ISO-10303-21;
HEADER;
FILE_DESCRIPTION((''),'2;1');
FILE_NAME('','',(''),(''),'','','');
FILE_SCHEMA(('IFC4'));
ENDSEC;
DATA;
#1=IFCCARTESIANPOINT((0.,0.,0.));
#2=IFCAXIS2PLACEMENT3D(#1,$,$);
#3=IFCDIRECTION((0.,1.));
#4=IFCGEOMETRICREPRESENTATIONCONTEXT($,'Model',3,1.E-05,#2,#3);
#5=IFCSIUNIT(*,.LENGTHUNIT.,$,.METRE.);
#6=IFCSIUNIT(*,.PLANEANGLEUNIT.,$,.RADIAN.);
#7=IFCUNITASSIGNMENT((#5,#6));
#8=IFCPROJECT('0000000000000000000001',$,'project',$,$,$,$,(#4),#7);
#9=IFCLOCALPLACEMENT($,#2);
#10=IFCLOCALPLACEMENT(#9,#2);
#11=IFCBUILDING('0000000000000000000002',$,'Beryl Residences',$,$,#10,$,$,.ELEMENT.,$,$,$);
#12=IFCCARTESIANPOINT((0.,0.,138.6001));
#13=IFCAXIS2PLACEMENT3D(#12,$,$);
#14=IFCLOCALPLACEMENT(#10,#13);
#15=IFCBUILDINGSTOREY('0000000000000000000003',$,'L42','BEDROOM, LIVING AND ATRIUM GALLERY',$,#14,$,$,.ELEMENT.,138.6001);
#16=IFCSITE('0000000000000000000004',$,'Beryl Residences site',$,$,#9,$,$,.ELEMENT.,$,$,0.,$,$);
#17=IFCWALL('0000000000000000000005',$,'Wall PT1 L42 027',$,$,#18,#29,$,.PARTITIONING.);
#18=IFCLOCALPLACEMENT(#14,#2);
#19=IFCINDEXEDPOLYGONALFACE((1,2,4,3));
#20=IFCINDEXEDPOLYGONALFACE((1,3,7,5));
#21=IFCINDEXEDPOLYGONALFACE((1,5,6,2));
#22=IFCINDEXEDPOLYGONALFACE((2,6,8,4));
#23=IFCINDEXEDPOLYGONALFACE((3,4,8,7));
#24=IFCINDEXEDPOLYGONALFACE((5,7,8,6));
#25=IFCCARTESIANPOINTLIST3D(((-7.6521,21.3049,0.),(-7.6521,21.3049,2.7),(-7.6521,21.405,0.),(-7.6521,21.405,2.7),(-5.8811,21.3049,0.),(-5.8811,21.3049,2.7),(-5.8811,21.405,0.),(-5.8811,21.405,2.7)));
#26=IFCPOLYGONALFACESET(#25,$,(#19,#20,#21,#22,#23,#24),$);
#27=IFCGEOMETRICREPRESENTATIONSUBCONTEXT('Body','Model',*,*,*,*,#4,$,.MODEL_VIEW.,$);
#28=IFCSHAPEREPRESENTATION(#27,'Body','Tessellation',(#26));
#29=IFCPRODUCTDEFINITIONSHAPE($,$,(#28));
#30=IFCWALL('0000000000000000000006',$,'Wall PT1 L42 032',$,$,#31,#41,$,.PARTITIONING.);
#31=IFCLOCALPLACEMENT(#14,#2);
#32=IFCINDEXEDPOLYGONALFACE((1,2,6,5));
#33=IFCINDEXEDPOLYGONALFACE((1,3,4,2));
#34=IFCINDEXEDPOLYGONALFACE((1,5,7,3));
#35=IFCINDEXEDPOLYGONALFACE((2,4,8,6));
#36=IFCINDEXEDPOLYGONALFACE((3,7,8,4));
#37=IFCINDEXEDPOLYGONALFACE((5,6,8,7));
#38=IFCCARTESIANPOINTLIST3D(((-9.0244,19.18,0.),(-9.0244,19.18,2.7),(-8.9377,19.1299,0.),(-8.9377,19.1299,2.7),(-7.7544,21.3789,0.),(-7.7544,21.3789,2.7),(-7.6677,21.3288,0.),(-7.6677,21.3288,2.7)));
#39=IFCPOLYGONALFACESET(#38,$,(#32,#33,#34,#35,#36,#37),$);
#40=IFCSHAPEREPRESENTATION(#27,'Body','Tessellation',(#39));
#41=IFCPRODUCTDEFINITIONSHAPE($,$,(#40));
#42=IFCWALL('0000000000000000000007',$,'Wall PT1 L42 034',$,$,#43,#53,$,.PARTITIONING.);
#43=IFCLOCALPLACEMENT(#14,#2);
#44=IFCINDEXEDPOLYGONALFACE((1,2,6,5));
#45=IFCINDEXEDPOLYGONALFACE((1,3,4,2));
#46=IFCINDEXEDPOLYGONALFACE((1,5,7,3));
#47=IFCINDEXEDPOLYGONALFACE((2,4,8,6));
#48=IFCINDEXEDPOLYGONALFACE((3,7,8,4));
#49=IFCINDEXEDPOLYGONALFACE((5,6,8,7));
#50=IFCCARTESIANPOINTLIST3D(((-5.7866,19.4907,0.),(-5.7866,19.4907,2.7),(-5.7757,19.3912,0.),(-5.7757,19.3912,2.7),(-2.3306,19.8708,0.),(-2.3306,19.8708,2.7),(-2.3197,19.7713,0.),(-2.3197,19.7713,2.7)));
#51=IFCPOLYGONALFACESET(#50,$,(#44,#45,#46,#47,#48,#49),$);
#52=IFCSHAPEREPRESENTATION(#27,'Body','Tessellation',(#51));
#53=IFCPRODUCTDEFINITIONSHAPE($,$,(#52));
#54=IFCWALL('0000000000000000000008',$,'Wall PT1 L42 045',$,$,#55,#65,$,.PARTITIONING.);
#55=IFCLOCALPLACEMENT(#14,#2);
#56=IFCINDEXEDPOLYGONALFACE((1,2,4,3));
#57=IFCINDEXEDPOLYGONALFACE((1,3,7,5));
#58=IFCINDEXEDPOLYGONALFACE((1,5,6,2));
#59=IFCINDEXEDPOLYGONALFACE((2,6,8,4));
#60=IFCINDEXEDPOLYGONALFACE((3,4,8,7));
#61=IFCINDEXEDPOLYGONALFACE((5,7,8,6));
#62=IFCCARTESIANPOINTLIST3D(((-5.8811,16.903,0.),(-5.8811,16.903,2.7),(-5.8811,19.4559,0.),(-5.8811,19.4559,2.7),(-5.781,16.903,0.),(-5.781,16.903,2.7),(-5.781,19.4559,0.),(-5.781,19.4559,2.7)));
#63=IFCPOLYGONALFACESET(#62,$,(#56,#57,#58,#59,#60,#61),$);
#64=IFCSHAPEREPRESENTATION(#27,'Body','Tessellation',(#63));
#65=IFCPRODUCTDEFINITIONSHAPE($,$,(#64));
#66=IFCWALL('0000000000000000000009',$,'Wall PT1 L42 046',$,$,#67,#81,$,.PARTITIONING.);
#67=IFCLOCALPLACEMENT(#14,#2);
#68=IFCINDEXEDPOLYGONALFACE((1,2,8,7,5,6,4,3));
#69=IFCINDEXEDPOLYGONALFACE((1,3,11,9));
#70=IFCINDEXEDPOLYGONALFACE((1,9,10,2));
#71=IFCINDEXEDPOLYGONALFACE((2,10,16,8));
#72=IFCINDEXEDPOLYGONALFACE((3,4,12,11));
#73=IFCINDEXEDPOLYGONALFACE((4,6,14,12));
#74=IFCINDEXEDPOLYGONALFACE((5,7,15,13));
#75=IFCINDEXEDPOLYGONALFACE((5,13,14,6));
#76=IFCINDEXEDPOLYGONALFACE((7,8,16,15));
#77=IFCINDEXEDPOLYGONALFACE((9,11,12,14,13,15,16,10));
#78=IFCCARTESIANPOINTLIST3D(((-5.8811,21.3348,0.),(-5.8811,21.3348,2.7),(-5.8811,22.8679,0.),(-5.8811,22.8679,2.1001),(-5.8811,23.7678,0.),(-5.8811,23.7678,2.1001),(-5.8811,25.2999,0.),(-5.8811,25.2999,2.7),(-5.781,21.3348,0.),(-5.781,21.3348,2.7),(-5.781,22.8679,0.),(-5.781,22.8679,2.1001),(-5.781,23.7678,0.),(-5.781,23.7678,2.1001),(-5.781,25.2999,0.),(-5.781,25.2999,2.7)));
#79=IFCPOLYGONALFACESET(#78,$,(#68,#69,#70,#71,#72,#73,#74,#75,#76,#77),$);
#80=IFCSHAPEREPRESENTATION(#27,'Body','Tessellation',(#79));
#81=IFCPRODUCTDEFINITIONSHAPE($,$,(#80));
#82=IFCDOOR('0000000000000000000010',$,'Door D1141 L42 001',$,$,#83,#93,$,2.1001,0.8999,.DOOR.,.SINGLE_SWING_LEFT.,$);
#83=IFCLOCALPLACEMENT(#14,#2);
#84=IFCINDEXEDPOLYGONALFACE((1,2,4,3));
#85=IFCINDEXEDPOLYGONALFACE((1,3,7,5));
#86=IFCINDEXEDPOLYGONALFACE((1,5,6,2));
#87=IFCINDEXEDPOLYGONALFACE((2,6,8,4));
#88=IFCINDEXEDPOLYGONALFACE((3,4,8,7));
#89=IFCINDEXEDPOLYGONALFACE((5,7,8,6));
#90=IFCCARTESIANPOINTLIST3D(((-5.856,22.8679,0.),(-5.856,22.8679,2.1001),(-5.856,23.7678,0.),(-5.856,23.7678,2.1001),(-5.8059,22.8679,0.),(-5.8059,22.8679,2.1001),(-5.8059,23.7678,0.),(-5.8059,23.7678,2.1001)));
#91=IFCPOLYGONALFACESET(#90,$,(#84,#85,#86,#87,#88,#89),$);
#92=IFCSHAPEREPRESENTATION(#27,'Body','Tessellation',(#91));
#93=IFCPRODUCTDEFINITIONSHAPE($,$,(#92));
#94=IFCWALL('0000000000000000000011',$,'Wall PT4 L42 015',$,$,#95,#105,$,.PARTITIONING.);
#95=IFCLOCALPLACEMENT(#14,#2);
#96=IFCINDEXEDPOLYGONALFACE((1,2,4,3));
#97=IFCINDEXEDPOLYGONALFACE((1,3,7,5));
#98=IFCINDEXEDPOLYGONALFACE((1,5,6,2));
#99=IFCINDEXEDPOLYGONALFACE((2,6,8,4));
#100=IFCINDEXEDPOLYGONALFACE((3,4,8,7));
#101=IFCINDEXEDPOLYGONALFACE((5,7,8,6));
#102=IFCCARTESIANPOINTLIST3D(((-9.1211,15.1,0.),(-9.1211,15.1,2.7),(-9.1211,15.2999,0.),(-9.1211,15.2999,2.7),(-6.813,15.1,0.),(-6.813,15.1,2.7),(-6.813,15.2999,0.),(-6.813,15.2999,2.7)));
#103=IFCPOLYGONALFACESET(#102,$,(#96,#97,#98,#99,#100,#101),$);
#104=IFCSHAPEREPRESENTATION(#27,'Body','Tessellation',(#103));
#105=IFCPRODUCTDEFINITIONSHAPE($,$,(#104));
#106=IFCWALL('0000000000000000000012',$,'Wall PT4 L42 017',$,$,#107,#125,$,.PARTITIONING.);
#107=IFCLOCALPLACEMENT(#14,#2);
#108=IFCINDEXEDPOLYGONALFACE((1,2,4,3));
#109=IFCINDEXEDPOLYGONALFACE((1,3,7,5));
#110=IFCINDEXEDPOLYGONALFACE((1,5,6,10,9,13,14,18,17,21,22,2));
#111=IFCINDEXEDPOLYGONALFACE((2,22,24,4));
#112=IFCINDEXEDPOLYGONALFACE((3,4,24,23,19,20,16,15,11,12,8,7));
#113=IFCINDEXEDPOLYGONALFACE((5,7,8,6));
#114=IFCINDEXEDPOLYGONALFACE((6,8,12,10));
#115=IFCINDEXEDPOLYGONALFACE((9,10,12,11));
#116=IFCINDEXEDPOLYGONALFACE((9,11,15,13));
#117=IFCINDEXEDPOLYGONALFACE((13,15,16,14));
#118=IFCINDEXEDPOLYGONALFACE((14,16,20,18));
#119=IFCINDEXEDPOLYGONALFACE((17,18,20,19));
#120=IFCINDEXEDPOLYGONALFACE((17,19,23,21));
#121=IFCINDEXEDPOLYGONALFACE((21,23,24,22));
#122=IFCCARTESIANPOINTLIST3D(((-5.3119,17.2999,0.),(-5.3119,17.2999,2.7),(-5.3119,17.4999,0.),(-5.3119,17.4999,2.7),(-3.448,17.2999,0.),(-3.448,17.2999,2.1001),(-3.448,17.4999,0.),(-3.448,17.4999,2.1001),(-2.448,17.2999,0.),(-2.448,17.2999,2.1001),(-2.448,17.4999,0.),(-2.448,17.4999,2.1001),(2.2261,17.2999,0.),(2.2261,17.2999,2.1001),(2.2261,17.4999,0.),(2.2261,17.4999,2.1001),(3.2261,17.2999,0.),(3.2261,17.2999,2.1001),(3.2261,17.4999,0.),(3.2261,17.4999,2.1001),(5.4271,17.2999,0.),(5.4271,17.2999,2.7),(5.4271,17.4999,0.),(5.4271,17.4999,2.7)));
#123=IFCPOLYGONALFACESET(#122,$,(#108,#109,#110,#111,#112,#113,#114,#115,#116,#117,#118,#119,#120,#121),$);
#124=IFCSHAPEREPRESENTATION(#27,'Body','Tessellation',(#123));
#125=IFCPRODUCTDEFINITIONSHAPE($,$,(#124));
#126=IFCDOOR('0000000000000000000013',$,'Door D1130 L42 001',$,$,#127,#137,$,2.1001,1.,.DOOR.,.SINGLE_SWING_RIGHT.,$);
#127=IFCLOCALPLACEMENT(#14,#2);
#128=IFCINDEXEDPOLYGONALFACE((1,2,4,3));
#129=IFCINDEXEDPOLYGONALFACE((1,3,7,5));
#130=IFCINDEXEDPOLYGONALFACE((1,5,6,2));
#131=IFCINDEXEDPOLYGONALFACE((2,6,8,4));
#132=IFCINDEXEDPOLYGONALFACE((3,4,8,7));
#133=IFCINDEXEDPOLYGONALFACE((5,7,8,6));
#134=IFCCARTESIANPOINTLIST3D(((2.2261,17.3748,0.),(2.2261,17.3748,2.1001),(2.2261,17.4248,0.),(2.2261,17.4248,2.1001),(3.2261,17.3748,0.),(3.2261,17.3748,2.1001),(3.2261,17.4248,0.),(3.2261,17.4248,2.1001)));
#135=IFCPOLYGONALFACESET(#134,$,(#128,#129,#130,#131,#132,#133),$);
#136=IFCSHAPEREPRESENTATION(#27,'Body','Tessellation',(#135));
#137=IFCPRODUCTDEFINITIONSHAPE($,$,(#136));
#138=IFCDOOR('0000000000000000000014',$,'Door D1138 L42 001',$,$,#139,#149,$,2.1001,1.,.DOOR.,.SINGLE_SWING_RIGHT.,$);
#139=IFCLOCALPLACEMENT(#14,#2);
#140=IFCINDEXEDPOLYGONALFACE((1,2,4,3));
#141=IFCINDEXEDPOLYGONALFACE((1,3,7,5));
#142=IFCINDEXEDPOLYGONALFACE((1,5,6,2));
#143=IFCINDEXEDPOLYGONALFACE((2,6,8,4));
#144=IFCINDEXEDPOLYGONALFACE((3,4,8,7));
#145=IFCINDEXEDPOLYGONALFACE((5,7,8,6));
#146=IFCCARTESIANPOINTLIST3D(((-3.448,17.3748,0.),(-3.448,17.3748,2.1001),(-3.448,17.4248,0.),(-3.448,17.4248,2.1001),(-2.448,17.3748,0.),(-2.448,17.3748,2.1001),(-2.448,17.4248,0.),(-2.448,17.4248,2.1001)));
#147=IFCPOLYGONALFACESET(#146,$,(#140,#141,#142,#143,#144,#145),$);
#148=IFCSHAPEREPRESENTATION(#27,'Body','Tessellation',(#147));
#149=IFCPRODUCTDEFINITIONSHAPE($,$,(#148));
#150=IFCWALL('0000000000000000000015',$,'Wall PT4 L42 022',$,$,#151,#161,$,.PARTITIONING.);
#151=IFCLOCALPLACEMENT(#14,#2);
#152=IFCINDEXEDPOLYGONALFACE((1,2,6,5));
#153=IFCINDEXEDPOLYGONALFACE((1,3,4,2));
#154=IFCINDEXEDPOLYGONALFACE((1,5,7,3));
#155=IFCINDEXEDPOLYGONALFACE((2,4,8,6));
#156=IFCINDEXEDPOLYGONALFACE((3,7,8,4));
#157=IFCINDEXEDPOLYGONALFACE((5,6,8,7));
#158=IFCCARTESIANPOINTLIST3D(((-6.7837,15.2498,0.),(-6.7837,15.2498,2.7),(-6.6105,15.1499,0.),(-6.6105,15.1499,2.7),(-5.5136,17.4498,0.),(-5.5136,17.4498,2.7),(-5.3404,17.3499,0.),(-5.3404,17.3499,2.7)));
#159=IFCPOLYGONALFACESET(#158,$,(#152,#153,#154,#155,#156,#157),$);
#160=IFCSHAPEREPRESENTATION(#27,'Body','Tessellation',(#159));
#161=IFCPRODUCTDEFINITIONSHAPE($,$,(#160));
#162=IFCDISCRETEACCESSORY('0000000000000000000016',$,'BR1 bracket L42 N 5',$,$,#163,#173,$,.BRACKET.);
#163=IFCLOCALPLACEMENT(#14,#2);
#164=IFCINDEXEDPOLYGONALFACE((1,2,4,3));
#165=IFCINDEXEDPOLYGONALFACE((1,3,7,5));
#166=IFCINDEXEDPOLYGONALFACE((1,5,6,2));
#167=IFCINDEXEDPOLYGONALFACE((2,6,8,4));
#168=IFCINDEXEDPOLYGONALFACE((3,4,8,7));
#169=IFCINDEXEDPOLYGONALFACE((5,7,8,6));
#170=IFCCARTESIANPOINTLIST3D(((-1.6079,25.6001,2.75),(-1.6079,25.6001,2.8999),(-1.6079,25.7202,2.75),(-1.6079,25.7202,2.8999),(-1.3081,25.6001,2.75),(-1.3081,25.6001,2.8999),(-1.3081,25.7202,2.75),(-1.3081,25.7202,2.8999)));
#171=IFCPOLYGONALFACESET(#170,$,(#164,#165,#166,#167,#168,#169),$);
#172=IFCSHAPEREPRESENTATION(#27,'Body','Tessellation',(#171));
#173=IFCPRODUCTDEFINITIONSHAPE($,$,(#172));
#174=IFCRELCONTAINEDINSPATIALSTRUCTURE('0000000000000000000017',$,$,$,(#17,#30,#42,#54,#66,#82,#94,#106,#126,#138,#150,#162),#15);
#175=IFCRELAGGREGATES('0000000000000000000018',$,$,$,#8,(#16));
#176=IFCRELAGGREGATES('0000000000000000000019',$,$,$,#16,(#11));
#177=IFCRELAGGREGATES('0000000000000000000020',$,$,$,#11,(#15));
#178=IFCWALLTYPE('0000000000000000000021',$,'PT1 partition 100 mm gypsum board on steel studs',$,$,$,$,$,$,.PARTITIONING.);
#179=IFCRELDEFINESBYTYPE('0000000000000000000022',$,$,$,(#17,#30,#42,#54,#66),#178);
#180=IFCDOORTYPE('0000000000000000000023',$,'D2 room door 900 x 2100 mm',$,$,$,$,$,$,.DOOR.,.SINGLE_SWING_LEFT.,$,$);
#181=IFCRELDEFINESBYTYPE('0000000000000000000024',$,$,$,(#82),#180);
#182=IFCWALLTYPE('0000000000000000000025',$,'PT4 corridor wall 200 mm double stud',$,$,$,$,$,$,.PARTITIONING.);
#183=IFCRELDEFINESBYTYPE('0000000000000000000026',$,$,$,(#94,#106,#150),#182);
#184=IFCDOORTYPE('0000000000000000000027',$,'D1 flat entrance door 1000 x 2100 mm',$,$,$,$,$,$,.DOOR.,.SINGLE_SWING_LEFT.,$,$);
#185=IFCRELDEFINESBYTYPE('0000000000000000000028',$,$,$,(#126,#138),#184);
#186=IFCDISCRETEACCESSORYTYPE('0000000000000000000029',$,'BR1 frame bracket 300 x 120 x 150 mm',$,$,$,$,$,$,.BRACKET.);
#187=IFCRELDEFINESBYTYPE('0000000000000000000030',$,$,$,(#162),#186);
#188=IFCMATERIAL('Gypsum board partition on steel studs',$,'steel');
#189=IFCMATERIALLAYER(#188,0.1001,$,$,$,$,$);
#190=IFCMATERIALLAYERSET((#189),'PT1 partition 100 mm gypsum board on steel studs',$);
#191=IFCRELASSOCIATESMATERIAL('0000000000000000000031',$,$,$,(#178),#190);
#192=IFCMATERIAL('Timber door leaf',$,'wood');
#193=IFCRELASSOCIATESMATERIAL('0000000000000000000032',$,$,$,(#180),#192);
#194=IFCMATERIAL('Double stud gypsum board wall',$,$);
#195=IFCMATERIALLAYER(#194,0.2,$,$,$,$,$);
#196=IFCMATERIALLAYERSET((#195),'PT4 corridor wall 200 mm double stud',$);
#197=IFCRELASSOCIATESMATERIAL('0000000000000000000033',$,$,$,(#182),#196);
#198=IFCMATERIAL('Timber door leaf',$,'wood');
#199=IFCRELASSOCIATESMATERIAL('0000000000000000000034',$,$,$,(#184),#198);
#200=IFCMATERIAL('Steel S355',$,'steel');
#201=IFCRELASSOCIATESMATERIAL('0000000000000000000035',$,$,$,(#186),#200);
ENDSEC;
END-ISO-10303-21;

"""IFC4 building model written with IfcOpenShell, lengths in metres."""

from ifc_helpers import new_model, si_unit, direction, frame, frame_2d, origin, place, context, subcontext, project, spatial, polyline, rectangle, outline, extrude, source, transform, mapped, material, layer, layer_set, type_object, type_shapes, element, fill, save


model = new_model("IFC4")

# Units and contexts
model_context = context("Model", 3, precision=1e-05, world=origin(), true_north=direction((0.0, 1.0)))
body_context = subcontext(model_context, "Body", "Model", "MODEL_VIEW")
ifc_project = project(units=[si_unit("LENGTHUNIT", "METRE"), si_unit("PLANEANGLEUNIT", "RADIAN")], contexts=[model_context])

# Site, building, storey
site_placement = place(None, origin())
site = spatial("IfcSite", under=ifc_project, at=site_placement, Name="Beryl Residences site", CompositionType="ELEMENT", RefElevation=0.0)
building_placement = place(site_placement, origin())
building = spatial("IfcBuilding", under=site, at=building_placement, Name="Beryl Residences", CompositionType="ELEMENT")
storey_placement = place(building_placement, frame((0.0, 0.0, 138.6001)))
storey = spatial("IfcBuildingStorey", under=building, at=storey_placement, Name="L42", Description="BEDROOM, LIVING AND ATRIUM GALLERY", CompositionType="ELEMENT", Elevation=138.6001)

# Shared definitions
ifc_material_1 = material(Name="Gypsum board partition on steel studs", Category="steel")
ifc_layer_1 = layer(ifc_material_1, 0.1001)
ifc_layer_set_1 = layer_set([ifc_layer_1], Name="PT1 partition 100 mm gypsum board on steel studs")
wall_type_1 = type_object("IfcWallType", Name="PT1 partition 100 mm gypsum board on steel studs", PredefinedType="PARTITIONING", material=ifc_layer_set_1)
ifc_material_2 = material(Name="Timber door leaf", Category="wood")
door_type_1 = type_object("IfcDoorType", Name="D2 room door 900 x 2100 mm", OperationType="SINGLE_SWING_LEFT", PredefinedType="DOOR", material=ifc_material_2)

# Walls
wall_1_placement = place(storey_placement, frame((-7.6521, 21.355, 0.0), z_axis=(0.0, 0.0, 1.0), x_axis=(1.0, 0.0, 0.0)))
element("IfcWall", 1, at=wall_1_placement, inside=storey, type_object=wall_type_1, Name="Wall PT1 L42 027", PredefinedType="PARTITIONING", context=body_context, shape_type="SweptSolid", body=[
    extrude(rectangle(XDim=1.771, YDim=0.1001, at=frame_2d((0.8855, 0.0))), origin(), (0.0, 0.0, 1.0), 2.7),
])
wall_2_placement = place(storey_placement, frame((-8.981, 19.155, 0.0), z_axis=(0.0, 0.0, 1.0), x_axis=(0.50013, 0.86595, 0.0)))
element("IfcWall", 2, at=wall_2_placement, inside=storey, type_object=wall_type_1, Name="Wall PT1 L42 032", PredefinedType="PARTITIONING", context=body_context, shape_type="SweptSolid", body=[
    extrude(rectangle(XDim=2.5393, YDim=0.1001, at=frame_2d((1.2695, 0.0))), origin(), (0.0, 0.0, 1.0), 2.7),
])
wall_3_placement = place(storey_placement, frame((-5.781, 19.4409, 0.0), z_axis=(0.0, 0.0, 1.0), x_axis=(0.994006, 0.109329, 0.0)))
element("IfcWall", 3, at=wall_3_placement, inside=storey, type_object=wall_type_1, Name="Wall PT1 L42 034", PredefinedType="PARTITIONING", context=body_context, shape_type="SweptSolid", body=[
    extrude(rectangle(XDim=3.4768, YDim=0.1001, at=frame_2d((1.7383, 0.0))), origin(), (0.0, 0.0, 1.0), 2.7),
])
wall_4_placement = place(storey_placement, frame((-5.8311, 16.9031, 0.0), z_axis=(0.0, 0.0, 1.0), x_axis=(0.0, 1.0, 0.0)))
element("IfcWall", 4, at=wall_4_placement, inside=storey, type_object=wall_type_1, Name="Wall PT1 L42 045", PredefinedType="PARTITIONING", context=body_context, shape_type="SweptSolid", body=[
    extrude(rectangle(XDim=2.553, YDim=0.1001, at=frame_2d((1.2764, 0.0))), origin(), (0.0, 0.0, 1.0), 2.7),
])

# Wall, opening, door
wall_5_placement = place(storey_placement, frame((-5.8311, 21.335, 0.0), z_axis=(0.0, 0.0, 1.0), x_axis=(0.0, 1.0, 0.0)))
wall_5 = element("IfcWall", 5, at=wall_5_placement, inside=storey, type_object=wall_type_1, Name="Wall PT1 L42 046", PredefinedType="PARTITIONING", context=body_context, shape_type="SweptSolid", body=[
    extrude(rectangle(XDim=3.9651, YDim=0.1001, at=frame_2d((1.9824, 0.0))), origin(), (0.0, 0.0, 1.0), 2.7),
])
opening_1_placement = place(wall_5_placement, frame((1.533, 0.0, 0.0)))
opening_1 = element("IfcOpeningElement", 6, at=opening_1_placement, cuts=wall_5, PredefinedType="OPENING", context=body_context, shape_type="SweptSolid", body=[
    extrude(rectangle(XDim=0.8999, YDim=2.1001, at=frame_2d((0.45, 1.05))), frame((0.0, 0.0601, 0.0), z_axis=(0.0, -1.0, 0.0), x_axis=(1.0, 0.0, 0.0)), (0.0, 0.0, 1.0), 0.1201),
])
door_1_placement = place(opening_1_placement, origin())
door_1 = element("IfcDoor", 7, at=door_1_placement, inside=storey, type_object=door_type_1, Name="Door D1141 L42 001", OperationType="SINGLE_SWING_LEFT", OverallHeight=2.1001, OverallWidth=0.8999, PredefinedType="DOOR", context=body_context, shape_type="SweptSolid", body=[
    extrude(rectangle(XDim=0.8999, YDim=2.1001, at=frame_2d((0.45, 1.05))), frame((0.0, 0.0249, 0.0), z_axis=(0.0, -1.0, 0.0), x_axis=(1.0, 0.0, 0.0)), (0.0, 0.0, 1.0), 0.05),
])
fill(opening_1, door_1)

# Wall
ifc_material_3 = material(Name="Double stud gypsum board wall")
ifc_layer_2 = layer(ifc_material_3, 0.2)
ifc_layer_set_2 = layer_set([ifc_layer_2], Name="PT4 corridor wall 200 mm double stud")
wall_type_2 = type_object("IfcWallType", Name="PT4 corridor wall 200 mm double stud", PredefinedType="PARTITIONING", material=ifc_layer_set_2)
wall_6_placement = place(storey_placement, frame((-9.1211, 15.2, 0.0), z_axis=(0.0, 0.0, 1.0), x_axis=(1.0, 0.0, 0.0)))
element("IfcWall", 8, at=wall_6_placement, inside=storey, type_object=wall_type_2, Name="Wall PT4 L42 015", PredefinedType="PARTITIONING", context=body_context, shape_type="SweptSolid", body=[
    extrude(rectangle(XDim=2.3081, YDim=0.2, at=frame_2d((1.1541, 0.0))), origin(), (0.0, 0.0, 1.0), 2.7),
])

# Wall, openings, doors
wall_7_placement = place(storey_placement, frame((-5.312, 17.3999, 0.0), z_axis=(0.0, 0.0, 1.0), x_axis=(1.0, 0.0, 0.0)))
wall_7 = element("IfcWall", 9, at=wall_7_placement, inside=storey, type_object=wall_type_2, Name="Wall PT4 L42 017", PredefinedType="PARTITIONING", context=body_context, shape_type="SweptSolid", body=[
    extrude(rectangle(XDim=10.739, YDim=0.2, at=frame_2d((5.3696, 0.0))), origin(), (0.0, 0.0, 1.0), 2.7),
])
opening_2_placement = place(wall_7_placement, frame((7.5381, 0.0, 0.0)))
opening_2 = element("IfcOpeningElement", 10, at=opening_2_placement, cuts=wall_7, PredefinedType="OPENING", context=body_context, shape_type="SweptSolid", body=[
    extrude(rectangle(XDim=1.0, YDim=2.1001, at=frame_2d((0.5, 1.05))), frame((0.0, 0.1099, 0.0), z_axis=(0.0, -1.0, 0.0), x_axis=(1.0, 0.0, 0.0)), (0.0, 0.0, 1.0), 0.22),
])
opening_3_placement = place(wall_7_placement, frame((1.864, 0.0, 0.0)))
opening_3 = element("IfcOpeningElement", 11, at=opening_3_placement, cuts=wall_7, PredefinedType="OPENING", context=body_context, shape_type="SweptSolid", body=[
    extrude(rectangle(XDim=1.0, YDim=2.1001, at=frame_2d((0.5, 1.05))), frame((0.0, 0.1099, 0.0), z_axis=(0.0, -1.0, 0.0), x_axis=(1.0, 0.0, 0.0)), (0.0, 0.0, 1.0), 0.22),
])
ifc_material_4 = material(Name="Timber door leaf", Category="wood")
door_type_2 = type_object("IfcDoorType", Name="D1 flat entrance door 1000 x 2100 mm", OperationType="SINGLE_SWING_LEFT", PredefinedType="DOOR", material=ifc_material_4)
door_2_placement = place(opening_2_placement, origin())
door_2 = element("IfcDoor", 12, at=door_2_placement, inside=storey, type_object=door_type_2, Name="Door D1130 L42 001", OperationType="SINGLE_SWING_RIGHT", OverallHeight=2.1001, OverallWidth=1.0, PredefinedType="DOOR", context=body_context, shape_type="SweptSolid", body=[
    extrude(rectangle(XDim=1.0, YDim=2.1001, at=frame_2d((0.5, 1.05))), frame((0.0, 0.0249, 0.0), z_axis=(0.0, -1.0, 0.0), x_axis=(1.0, 0.0, 0.0)), (0.0, 0.0, 1.0), 0.05),
])
fill(opening_2, door_2)
door_3_placement = place(opening_3_placement, origin())
door_3 = element("IfcDoor", 13, at=door_3_placement, inside=storey, type_object=door_type_2, Name="Door D1138 L42 001", OperationType="SINGLE_SWING_RIGHT", OverallHeight=2.1001, OverallWidth=1.0, PredefinedType="DOOR", context=body_context, shape_type="SweptSolid", body=[
    extrude(rectangle(XDim=1.0, YDim=2.1001, at=frame_2d((0.5, 1.05))), frame((0.0, 0.0249, 0.0), z_axis=(0.0, -1.0, 0.0), x_axis=(1.0, 0.0, 0.0)), (0.0, 0.0, 1.0), 0.05),
])
fill(opening_3, door_3)

# Wall
wall_8_placement = place(storey_placement, frame((-6.697, 15.2, 0.0), z_axis=(0.0, 0.0, 1.0), x_axis=(0.499964, 0.866046, 0.0)))
element("IfcWall", 14, at=wall_8_placement, inside=storey, type_object=wall_type_2, Name="Wall PT4 L42 022", PredefinedType="PARTITIONING", context=body_context, shape_type="SweptSolid", body=[
    extrude(rectangle(XDim=2.5403, YDim=0.2, at=frame_2d((1.27, 0.0))), origin(), (0.0, 0.0, 1.0), 2.7),
])

# Discrete accessory
ifc_material_5 = material(Name="Steel S355", Category="steel")
discrete_accessory_type = type_object("IfcDiscreteAccessoryType", Name="BR1 frame bracket 300 x 120 x 150 mm", PredefinedType="BRACKET", material=ifc_material_5)
shared_shape_1 = source(origin(), body_context, "Body", "SweptSolid", [
    extrude(outline(polyline([(-0.1499, 0.0), (0.1499, 0.0), (0.1499, 0.1201), (-0.1499, 0.1201), (-0.1499, 0.0)])), origin(), (0.0, 0.0, 1.0), 0.1499),
])
type_shapes(discrete_accessory_type, [shared_shape_1])
discrete_accessory_placement = place(storey_placement, frame((-1.458, 25.6001, 2.75), z_axis=(0.0, 0.0, 1.0), x_axis=(1.0, 0.0, 0.0)))
element("IfcDiscreteAccessory", 15, at=discrete_accessory_placement, inside=storey, type_object=discrete_accessory_type, Name="BR1 bracket L42 N 5", PredefinedType="BRACKET", context=body_context, shape_type="MappedRepresentation", body=[
    mapped(shared_shape_1, transform((0.0, 0.0, 0.0))),
])

save(model, "model.ifc")
